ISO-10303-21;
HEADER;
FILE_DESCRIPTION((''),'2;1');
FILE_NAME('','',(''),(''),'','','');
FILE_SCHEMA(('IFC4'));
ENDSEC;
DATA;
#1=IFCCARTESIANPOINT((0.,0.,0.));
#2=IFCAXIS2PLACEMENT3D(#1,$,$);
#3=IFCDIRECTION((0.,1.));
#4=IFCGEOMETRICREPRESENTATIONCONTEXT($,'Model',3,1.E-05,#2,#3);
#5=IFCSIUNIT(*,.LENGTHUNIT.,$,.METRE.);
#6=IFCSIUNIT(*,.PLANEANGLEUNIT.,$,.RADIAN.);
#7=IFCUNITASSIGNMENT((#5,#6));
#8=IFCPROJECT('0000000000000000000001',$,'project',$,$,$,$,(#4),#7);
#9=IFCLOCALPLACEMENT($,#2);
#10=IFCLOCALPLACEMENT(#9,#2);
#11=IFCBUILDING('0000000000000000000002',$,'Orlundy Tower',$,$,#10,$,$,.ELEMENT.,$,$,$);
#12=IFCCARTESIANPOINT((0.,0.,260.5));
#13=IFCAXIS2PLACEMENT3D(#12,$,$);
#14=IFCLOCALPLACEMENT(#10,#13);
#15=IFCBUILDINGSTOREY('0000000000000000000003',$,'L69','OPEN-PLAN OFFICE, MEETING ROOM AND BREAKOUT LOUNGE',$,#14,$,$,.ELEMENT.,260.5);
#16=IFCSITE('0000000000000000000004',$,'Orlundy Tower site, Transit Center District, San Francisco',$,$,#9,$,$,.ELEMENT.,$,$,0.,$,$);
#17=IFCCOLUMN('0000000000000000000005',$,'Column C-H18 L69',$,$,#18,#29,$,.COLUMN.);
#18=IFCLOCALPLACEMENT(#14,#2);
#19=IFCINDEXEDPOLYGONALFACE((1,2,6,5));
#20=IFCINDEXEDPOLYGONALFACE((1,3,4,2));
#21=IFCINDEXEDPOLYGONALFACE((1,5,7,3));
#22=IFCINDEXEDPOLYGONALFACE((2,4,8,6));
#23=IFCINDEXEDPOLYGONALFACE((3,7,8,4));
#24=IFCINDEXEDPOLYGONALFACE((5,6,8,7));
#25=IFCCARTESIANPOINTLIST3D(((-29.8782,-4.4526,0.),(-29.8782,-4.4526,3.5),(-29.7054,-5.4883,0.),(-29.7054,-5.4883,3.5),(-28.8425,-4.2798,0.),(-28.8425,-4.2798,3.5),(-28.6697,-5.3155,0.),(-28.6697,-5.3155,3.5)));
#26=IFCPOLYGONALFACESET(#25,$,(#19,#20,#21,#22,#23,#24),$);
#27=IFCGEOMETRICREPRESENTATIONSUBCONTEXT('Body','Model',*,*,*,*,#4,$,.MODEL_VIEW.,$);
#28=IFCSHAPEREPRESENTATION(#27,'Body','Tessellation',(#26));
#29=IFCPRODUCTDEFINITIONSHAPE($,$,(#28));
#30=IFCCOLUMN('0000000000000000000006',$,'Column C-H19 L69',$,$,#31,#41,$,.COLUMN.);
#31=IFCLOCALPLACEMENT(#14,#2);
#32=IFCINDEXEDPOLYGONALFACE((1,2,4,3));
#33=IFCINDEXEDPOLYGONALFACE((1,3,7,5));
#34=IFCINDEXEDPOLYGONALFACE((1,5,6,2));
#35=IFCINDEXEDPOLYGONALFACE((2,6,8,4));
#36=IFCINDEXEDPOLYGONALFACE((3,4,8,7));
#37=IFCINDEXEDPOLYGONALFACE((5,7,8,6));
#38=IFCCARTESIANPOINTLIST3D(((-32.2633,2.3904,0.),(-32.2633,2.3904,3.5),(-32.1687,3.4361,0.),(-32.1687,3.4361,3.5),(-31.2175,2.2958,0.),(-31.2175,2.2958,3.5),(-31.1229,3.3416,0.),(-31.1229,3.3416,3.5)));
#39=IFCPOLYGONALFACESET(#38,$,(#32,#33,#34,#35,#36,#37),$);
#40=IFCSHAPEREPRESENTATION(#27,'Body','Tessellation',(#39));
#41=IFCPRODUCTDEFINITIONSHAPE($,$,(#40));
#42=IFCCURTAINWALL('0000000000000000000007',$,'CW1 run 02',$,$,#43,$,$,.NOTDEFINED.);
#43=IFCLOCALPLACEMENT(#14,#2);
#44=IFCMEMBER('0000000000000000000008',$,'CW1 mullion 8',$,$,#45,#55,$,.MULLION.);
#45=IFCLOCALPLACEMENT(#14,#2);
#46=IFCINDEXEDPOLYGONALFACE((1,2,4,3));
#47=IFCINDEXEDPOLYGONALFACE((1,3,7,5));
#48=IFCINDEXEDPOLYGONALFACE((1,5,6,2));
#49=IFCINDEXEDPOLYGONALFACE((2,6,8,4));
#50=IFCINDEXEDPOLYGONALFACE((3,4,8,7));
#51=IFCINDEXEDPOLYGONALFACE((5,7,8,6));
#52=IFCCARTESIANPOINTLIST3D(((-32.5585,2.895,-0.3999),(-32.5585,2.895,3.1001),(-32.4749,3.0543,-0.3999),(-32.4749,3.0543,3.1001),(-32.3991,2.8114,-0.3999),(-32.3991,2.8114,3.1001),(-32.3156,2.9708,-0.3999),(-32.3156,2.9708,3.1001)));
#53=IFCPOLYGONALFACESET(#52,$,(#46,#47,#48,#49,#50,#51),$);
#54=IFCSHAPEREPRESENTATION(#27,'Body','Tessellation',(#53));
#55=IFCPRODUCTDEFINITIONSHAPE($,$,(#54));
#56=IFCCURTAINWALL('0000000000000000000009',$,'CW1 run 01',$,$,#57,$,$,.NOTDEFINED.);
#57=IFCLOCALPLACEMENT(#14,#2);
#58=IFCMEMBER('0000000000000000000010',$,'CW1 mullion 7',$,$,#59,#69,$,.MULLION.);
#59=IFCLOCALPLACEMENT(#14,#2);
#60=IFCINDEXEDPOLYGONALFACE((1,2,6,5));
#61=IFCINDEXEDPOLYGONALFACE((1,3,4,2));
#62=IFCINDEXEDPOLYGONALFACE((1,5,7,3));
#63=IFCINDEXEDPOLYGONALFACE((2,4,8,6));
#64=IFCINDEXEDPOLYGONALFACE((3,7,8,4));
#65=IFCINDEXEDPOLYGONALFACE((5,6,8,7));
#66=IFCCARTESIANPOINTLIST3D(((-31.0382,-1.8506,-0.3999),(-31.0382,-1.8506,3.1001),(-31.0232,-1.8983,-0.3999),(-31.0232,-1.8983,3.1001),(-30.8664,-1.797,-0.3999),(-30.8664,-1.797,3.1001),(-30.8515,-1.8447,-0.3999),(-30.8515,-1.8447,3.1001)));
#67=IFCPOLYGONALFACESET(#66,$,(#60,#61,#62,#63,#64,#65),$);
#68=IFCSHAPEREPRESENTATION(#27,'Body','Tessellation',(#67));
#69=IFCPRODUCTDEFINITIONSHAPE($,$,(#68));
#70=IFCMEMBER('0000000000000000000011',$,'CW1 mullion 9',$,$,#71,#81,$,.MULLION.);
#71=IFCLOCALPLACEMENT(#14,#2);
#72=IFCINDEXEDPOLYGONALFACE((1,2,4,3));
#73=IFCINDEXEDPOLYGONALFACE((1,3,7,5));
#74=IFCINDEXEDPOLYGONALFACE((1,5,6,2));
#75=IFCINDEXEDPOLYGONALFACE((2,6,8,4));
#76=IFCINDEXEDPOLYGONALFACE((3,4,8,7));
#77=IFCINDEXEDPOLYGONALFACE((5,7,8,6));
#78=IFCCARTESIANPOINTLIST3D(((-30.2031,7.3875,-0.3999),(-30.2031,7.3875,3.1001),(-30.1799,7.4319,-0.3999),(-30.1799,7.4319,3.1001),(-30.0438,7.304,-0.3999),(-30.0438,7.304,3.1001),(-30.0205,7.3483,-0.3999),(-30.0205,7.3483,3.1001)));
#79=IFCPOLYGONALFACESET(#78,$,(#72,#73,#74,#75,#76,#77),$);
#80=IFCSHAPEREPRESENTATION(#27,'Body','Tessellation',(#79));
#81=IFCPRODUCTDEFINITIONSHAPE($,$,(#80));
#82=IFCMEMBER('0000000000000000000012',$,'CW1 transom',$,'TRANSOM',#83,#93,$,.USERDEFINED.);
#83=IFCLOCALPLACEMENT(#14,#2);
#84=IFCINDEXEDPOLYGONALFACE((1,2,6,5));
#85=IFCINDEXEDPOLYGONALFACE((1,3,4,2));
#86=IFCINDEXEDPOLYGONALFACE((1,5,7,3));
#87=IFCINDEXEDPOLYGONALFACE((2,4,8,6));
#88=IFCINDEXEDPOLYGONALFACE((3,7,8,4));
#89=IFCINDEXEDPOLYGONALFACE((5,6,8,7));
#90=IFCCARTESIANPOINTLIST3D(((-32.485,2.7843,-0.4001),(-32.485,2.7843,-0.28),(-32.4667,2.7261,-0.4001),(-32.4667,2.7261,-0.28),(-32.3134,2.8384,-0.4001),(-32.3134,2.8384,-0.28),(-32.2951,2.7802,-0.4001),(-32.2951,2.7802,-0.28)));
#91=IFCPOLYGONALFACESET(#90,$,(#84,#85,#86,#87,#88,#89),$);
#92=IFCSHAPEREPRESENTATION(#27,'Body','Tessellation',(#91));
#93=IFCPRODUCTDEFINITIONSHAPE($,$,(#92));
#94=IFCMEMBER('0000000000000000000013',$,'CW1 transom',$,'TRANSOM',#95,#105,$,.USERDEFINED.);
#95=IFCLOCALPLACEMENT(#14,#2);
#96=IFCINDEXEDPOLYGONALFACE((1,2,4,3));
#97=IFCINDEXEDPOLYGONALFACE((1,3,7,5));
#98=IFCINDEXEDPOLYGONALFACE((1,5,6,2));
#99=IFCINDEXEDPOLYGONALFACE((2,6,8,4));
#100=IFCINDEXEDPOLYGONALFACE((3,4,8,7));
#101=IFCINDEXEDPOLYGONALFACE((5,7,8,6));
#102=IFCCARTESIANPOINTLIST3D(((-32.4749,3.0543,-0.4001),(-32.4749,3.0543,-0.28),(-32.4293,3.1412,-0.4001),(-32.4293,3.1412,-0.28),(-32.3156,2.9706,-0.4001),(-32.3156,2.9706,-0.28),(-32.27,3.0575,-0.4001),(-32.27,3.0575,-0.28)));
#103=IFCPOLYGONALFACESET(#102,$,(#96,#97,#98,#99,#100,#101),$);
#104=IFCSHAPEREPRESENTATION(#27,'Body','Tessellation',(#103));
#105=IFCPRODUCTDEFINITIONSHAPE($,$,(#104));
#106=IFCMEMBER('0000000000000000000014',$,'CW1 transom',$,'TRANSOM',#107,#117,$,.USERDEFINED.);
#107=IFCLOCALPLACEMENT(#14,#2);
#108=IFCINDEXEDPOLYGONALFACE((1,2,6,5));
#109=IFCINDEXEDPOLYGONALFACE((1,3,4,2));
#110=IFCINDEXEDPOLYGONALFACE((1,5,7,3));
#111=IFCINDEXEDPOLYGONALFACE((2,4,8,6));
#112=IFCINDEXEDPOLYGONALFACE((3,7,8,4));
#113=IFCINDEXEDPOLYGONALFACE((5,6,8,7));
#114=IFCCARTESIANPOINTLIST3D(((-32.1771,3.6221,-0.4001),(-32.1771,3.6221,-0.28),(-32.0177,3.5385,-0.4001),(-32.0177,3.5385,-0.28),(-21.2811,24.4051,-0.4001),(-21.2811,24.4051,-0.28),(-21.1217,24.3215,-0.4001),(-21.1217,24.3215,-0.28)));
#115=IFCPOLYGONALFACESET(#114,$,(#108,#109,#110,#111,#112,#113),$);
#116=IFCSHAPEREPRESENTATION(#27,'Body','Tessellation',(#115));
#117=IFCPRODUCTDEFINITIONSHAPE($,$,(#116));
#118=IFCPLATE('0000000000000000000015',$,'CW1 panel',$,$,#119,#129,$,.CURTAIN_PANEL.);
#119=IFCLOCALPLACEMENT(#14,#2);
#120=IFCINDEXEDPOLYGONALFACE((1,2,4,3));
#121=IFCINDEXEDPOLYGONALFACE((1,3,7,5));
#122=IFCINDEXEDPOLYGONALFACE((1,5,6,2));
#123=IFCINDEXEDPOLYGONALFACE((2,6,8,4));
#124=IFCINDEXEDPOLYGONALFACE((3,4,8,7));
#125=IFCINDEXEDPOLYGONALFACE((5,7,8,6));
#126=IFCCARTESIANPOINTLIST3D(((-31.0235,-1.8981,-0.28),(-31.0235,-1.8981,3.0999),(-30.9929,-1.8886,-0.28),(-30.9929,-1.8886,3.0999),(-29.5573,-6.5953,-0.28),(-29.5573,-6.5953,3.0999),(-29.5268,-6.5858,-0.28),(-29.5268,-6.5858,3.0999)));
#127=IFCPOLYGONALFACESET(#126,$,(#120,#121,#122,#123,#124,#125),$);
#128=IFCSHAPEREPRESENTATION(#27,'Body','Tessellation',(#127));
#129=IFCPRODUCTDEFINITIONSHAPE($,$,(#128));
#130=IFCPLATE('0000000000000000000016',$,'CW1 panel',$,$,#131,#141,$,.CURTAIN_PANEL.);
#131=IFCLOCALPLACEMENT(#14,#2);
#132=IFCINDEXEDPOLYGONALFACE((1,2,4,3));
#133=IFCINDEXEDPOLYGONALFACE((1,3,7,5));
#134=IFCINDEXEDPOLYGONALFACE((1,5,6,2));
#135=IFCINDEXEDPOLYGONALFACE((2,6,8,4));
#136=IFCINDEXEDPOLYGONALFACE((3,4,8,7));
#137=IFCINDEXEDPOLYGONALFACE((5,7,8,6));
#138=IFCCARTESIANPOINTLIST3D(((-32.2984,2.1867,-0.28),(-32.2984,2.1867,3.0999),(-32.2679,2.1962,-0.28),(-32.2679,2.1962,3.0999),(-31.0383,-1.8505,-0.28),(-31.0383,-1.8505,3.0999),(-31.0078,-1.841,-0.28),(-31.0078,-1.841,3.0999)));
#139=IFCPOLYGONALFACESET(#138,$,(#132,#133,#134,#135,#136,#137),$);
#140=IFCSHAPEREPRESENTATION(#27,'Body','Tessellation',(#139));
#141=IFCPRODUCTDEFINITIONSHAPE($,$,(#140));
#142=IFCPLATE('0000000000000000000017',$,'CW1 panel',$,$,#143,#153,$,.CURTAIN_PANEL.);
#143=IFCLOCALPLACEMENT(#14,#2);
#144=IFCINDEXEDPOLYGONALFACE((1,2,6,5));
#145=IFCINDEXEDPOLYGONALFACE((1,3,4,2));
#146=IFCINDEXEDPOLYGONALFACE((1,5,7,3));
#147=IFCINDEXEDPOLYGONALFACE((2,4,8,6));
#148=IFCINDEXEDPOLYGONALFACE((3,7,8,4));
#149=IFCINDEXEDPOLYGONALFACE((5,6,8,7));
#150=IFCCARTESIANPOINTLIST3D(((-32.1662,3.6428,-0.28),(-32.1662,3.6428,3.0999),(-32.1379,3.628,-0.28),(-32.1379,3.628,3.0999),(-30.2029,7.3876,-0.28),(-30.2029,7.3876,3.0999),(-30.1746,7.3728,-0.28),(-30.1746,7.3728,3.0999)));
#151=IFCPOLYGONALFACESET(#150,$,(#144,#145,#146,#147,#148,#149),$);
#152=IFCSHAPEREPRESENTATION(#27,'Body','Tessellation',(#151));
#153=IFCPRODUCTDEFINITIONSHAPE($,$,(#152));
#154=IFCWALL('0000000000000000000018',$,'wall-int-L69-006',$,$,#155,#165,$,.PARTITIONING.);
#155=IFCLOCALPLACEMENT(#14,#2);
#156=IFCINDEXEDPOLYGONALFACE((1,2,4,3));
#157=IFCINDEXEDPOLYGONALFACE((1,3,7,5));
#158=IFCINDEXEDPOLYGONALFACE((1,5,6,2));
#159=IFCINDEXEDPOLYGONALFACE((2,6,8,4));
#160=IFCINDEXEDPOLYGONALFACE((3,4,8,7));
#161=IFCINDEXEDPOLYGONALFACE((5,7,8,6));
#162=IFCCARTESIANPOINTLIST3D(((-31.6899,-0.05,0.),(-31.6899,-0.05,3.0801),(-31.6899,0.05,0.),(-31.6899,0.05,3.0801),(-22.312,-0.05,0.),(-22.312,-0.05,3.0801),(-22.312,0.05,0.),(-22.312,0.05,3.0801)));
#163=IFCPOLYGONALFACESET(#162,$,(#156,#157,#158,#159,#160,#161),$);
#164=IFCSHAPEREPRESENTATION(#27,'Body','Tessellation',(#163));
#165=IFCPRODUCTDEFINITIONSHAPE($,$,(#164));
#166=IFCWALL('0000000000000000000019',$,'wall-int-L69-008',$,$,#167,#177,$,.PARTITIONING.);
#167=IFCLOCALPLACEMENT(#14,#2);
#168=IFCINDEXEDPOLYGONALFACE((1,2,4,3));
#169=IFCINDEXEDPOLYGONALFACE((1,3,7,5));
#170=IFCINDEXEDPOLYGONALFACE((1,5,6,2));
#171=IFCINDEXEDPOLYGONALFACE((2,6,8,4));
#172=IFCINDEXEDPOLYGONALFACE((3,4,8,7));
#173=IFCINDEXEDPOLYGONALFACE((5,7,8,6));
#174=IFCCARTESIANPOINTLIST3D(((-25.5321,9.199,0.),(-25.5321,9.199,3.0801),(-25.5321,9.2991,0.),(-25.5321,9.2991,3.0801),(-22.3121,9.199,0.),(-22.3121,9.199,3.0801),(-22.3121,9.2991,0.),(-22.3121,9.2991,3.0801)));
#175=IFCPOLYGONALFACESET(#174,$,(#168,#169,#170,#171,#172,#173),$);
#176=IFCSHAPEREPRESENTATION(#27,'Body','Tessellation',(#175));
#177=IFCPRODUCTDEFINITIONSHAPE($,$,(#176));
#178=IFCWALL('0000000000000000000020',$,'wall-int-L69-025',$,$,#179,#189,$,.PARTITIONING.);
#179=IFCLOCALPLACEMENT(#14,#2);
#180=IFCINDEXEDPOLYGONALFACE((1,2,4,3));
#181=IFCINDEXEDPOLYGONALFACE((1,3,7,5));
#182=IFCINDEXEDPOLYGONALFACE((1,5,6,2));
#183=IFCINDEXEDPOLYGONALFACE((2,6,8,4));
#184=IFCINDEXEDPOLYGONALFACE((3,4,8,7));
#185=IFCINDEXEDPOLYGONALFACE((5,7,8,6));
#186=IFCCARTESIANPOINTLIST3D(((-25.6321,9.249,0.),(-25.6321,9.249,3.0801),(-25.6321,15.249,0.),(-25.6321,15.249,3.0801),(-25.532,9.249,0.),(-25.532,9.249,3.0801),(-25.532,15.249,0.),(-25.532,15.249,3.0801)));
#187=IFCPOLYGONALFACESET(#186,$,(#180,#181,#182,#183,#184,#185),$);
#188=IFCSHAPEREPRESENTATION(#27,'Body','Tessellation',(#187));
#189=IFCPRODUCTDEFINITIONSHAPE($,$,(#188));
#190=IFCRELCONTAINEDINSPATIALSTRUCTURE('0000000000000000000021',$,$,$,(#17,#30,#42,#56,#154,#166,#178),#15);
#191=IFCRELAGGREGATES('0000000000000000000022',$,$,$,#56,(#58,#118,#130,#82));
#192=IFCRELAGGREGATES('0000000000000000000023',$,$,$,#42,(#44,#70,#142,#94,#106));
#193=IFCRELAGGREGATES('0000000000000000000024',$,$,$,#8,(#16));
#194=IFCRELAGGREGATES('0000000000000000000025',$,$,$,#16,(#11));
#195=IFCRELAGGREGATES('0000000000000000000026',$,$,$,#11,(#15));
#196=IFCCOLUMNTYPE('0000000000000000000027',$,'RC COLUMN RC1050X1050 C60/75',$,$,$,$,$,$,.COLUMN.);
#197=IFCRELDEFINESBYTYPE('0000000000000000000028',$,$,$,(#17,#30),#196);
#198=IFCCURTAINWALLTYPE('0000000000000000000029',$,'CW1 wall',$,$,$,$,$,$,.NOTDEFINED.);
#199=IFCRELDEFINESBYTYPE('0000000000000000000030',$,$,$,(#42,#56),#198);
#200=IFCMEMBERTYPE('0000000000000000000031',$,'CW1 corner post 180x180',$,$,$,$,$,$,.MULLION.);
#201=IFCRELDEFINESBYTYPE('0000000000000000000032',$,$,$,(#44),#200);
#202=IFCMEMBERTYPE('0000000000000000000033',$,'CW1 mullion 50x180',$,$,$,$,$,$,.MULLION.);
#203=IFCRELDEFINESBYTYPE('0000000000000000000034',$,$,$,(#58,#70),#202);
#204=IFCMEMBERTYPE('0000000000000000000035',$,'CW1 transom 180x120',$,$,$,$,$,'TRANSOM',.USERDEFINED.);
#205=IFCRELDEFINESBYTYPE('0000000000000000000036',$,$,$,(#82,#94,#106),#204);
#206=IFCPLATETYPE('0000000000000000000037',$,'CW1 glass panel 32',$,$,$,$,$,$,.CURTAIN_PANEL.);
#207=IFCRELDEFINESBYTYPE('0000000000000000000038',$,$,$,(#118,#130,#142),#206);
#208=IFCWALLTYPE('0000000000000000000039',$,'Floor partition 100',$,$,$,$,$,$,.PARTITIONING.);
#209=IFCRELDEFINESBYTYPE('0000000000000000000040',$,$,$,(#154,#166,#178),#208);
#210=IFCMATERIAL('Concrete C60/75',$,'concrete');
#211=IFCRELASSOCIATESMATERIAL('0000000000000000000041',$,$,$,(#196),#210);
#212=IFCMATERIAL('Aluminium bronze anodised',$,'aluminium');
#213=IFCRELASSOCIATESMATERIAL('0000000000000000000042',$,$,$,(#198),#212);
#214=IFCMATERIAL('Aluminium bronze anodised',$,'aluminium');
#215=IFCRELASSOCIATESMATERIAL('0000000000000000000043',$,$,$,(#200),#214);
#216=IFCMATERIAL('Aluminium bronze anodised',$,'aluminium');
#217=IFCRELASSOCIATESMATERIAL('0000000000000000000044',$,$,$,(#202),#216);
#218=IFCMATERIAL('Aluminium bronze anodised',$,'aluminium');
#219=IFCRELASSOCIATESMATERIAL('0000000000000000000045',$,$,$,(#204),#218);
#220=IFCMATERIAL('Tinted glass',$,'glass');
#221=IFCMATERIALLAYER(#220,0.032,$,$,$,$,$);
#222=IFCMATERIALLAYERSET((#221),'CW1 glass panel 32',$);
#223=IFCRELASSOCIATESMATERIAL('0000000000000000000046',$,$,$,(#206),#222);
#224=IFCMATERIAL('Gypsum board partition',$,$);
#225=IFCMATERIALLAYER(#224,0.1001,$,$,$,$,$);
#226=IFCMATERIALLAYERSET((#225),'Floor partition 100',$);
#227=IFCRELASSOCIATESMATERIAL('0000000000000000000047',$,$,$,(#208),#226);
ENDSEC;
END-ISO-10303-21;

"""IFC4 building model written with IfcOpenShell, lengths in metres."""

from ifc_helpers import new_model, si_unit, direction, frame, frame_2d, origin, origin_2d, place, context, subcontext, project, spatial, rectangle, extrude, material, layer, layer_set, material_profile, profile_set, type_object, element, aggregate, save


model = new_model("IFC4")

# Units and contexts
model_context = context("Model", 3, precision=1e-05, world=origin(), true_north=direction((0.0, 1.0)))
body_context = subcontext(model_context, "Body", "Model", "MODEL_VIEW")
ifc_project = project(units=[si_unit("LENGTHUNIT", "METRE"), si_unit("PLANEANGLEUNIT", "RADIAN")], contexts=[model_context])

# Site, building, storey
site_placement = place(None, origin())
site = spatial("IfcSite", under=ifc_project, at=site_placement, Name="Orlundy Tower site, Transit Center District, San Francisco", CompositionType="ELEMENT", RefElevation=0.0)
building_placement = place(site_placement, origin())
building = spatial("IfcBuilding", under=site, at=building_placement, Name="Orlundy Tower", CompositionType="ELEMENT")
storey_placement = place(building_placement, frame((0.0, 0.0, 260.5)))
storey = spatial("IfcBuildingStorey", under=building, at=storey_placement, Name="L69", Description="OPEN-PLAN OFFICE, MEETING ROOM AND BREAKOUT LOUNGE", CompositionType="ELEMENT", Elevation=260.5)

# Columns
ifc_material_1 = material(Name="Concrete C60/75", Category="concrete")
ifc_material_profile_1 = material_profile(ifc_material_1, rectangle(XDim=1.05, YDim=1.05, at=origin_2d()), Name="RC1050X1050")
ifc_profile_set_1 = profile_set([ifc_material_profile_1], Name="Concrete C60/75")
column_type = type_object("IfcColumnType", Name="RC COLUMN RC1050X1050 C60/75", PredefinedType="COLUMN", material=ifc_profile_set_1)
for number, where, z_axis, x_axis, name in (
    (1, (-29.2739, -4.884, 0.0), (0.0, 0.0, 1.0), (-0.986366, -0.164566, 0.0), "Column C-H18 L69"),
    (2, (-31.6931, 2.866, 0.0), (0.0, 0.0, 1.0), (-0.995936, 0.090059, 0.0), "Column C-H19 L69"),
):
    element("IfcColumn", number, at=place(storey_placement, frame(where, z_axis=z_axis, x_axis=x_axis)), inside=storey, type_object=column_type, Name=name, PredefinedType="COLUMN", context=body_context, shape_type="SweptSolid", body=[
        extrude(rectangle(XDim=1.05, YDim=1.05, at=origin_2d()), origin(), (0.0, 0.0, 1.0), 3.5),
    ])

# Curtain walls, members
ifc_material_2 = material(Name="Aluminium bronze anodised", Category="aluminium")
curtain_wall_type = type_object("IfcCurtainWallType", Name="CW1 wall", PredefinedType="NOTDEFINED", material=ifc_material_2)
curtain_wall_1_placement = place(storey_placement, origin())
curtain_wall_1 = element("IfcCurtainWall", 3, at=curtain_wall_1_placement, inside=storey, type_object=curtain_wall_type, Name="CW1 run 02", PredefinedType="NOTDEFINED")
ifc_material_3 = material(Name="Aluminium bronze anodised", Category="aluminium")
ifc_material_profile_2 = material_profile(ifc_material_3, rectangle(XDim=0.1799, YDim=0.1799, at=origin_2d()), Name="CW1 corner post 180x180")
ifc_profile_set_2 = profile_set([ifc_material_profile_2], Name="Aluminium bronze anodised")
member_type_1 = type_object("IfcMemberType", Name="CW1 corner post 180x180", PredefinedType="MULLION", material=ifc_profile_set_2)
member_1_placement = place(storey_placement, frame((-32.437, 2.9329, -0.3999), z_axis=(0.0, 0.0, 1.0), x_axis=(-0.885659, 0.464336, 0.0)))
member_1 = element("IfcMember", 4, at=member_1_placement, type_object=member_type_1, Name="CW1 mullion 8", PredefinedType="MULLION", context=body_context, shape_type="SweptSolid", body=[
    extrude(rectangle(XDim=0.1799, YDim=0.1799, at=origin_2d()), origin(), (0.0, 0.0, 1.0), 3.5),
])
curtain_wall_2_placement = place(storey_placement, origin())
curtain_wall_2 = element("IfcCurtainWall", 5, at=curtain_wall_2_placement, inside=storey, type_object=curtain_wall_type, Name="CW1 run 01", PredefinedType="NOTDEFINED")
ifc_material_4 = material(Name="Aluminium bronze anodised", Category="aluminium")
ifc_material_profile_3 = material_profile(ifc_material_4, rectangle(XDim=0.1799, YDim=0.05, at=origin_2d()), Name="CW1 mullion 50x180")
ifc_profile_set_3 = profile_set([ifc_material_profile_3], Name="Aluminium bronze anodised")
member_type_2 = type_object("IfcMemberType", Name="CW1 mullion 50x180", PredefinedType="MULLION", material=ifc_profile_set_3)
member_2_placement = place(storey_placement, frame((-30.9448, -1.8477, -0.3999), z_axis=(0.0, 0.0, 1.0), x_axis=(-0.95458, -0.297954, 0.0)))
member_2 = element("IfcMember", 6, at=member_2_placement, type_object=member_type_2, Name="CW1 mullion 7", PredefinedType="MULLION", context=body_context, shape_type="SweptSolid", body=[
    extrude(rectangle(XDim=0.1799, YDim=0.05, at=origin_2d()), origin(), (0.0, 0.0, 1.0), 3.5),
])

# Members
member_3_placement = place(storey_placement, frame((-30.1118, 7.3679, -0.3999), z_axis=(0.0, 0.0, 1.0), x_axis=(-0.885659, 0.464336, 0.0)))
member_3 = element("IfcMember", 7, at=member_3_placement, type_object=member_type_2, Name="CW1 mullion 9", PredefinedType="MULLION", context=body_context, shape_type="SweptSolid", body=[
    extrude(rectangle(XDim=0.1799, YDim=0.05, at=origin_2d()), origin(), (0.0, 0.0, 1.0), 3.5),
])
ifc_material_5 = material(Name="Aluminium bronze anodised", Category="aluminium")
ifc_material_profile_4 = material_profile(ifc_material_5, rectangle(XDim=0.1799, YDim=0.1201, at=origin_2d()), Name="CW1 transom 180x120")
ifc_profile_set_4 = profile_set([ifc_material_profile_4], Name="Aluminium bronze anodised")
member_type_3 = type_object("IfcMemberType", Name="CW1 transom 180x120", ElementType="TRANSOM", PredefinedType="USERDEFINED", material=ifc_profile_set_4)
member_4_placement = place(storey_placement, frame((-32.3809, 2.7532, -0.3401), z_axis=(-0.300556, 0.953764, 0.0), x_axis=(-0.953764, -0.300556, 0.0)))
member_4 = element("IfcMember", 8, at=member_4_placement, type_object=member_type_3, Name="CW1 transom", ObjectType="TRANSOM", PredefinedType="USERDEFINED", context=body_context, shape_type="SweptSolid", body=[
    extrude(rectangle(XDim=0.1799, YDim=0.1201, at=origin_2d()), origin(), (0.0, 0.0, 1.0), 0.061),
])
member_5_placement = place(storey_placement, frame((-32.3953, 3.0125, -0.3401), z_axis=(0.465029, 0.885296, 0.0), x_axis=(-0.885296, 0.465029, 0.0)))
member_5 = element("IfcMember", 9, at=member_5_placement, type_object=member_type_3, Name="CW1 transom", ObjectType="TRANSOM", PredefinedType="USERDEFINED", context=body_context, shape_type="SweptSolid", body=[
    extrude(rectangle(XDim=0.1799, YDim=0.1201, at=origin_2d()), origin(), (0.0, 0.0, 1.0), 0.0981),
])
member_6_placement = place(storey_placement, frame((-32.0974, 3.5803, -0.3401), z_axis=(0.464331, 0.885662, 0.0), x_axis=(-0.885662, 0.464331, 0.0)))
member_6 = element("IfcMember", 10, at=member_6_placement, type_object=member_type_3, Name="CW1 transom", ObjectType="TRANSOM", PredefinedType="USERDEFINED", context=body_context, shape_type="SweptSolid", body=[
    extrude(rectangle(XDim=0.1799, YDim=0.1201, at=origin_2d()), origin(), (0.0, 0.0, 1.0), 23.4661),
])

# Plates
ifc_material_6 = material(Name="Tinted glass", Category="glass")
ifc_layer_1 = layer(ifc_material_6, 0.032)
ifc_layer_set_1 = layer_set([ifc_layer_1], Name="CW1 glass panel 32")
plate_type = type_object("IfcPlateType", Name="CW1 glass panel 32", PredefinedType="CURTAIN_PANEL", material=ifc_layer_set_1)
plate_1_placement = place(storey_placement, frame((-30.2751, -4.2419, -0.28), z_axis=(0.0, 0.0, 1.0), x_axis=(-0.297954, 0.95458, 0.0)))
plate_1 = element("IfcPlate", 11, at=plate_1_placement, type_object=plate_type, Name="CW1 panel", PredefinedType="CURTAIN_PANEL", context=body_context, shape_type="SweptSolid", body=[
    extrude(rectangle(XDim=4.9207, YDim=0.032, at=origin_2d()), origin(), (0.0, 0.0, 1.0), 3.3799),
])
plate_2_placement = place(storey_placement, frame((-31.6531, 0.1729, -0.28), z_axis=(0.0, 0.0, 1.0), x_axis=(-0.297954, 0.95458, 0.0)))
plate_2 = element("IfcPlate", 12, at=plate_2_placement, type_object=plate_type, Name="CW1 panel", PredefinedType="CURTAIN_PANEL", context=body_context, shape_type="SweptSolid", body=[
    extrude(rectangle(XDim=4.2292, YDim=0.032, at=origin_2d()), origin(), (0.0, 0.0, 1.0), 3.3799),
])
aggregate(curtain_wall_2, [member_2, plate_1, plate_2, member_4])
plate_3_placement = place(storey_placement, frame((-31.1704, 5.5078, -0.28), z_axis=(0.0, 0.0, 1.0), x_axis=(0.464336, 0.885659, 0.0)))
plate_3 = element("IfcPlate", 13, at=plate_3_placement, type_object=plate_type, Name="CW1 panel", PredefinedType="CURTAIN_PANEL", context=body_context, shape_type="SweptSolid", body=[
    extrude(rectangle(XDim=4.2283, YDim=0.032, at=origin_2d()), origin(), (0.0, 0.0, 1.0), 3.3799),
])
aggregate(curtain_wall_1, [member_1, member_3, plate_3, member_5, member_6])

# Walls
ifc_material_7 = material(Name="Gypsum board partition")
ifc_layer_2 = layer(ifc_material_7, 0.1001)
ifc_layer_set_2 = layer_set([ifc_layer_2], Name="Floor partition 100")
wall_type_1 = type_object("IfcWallType", Name="Floor partition 100", PredefinedType="PARTITIONING", material=ifc_layer_set_2)
wall_1_placement = place(storey_placement, frame((-31.6899, 0.0, 0.0), z_axis=(0.0, 0.0, 1.0), x_axis=(1.0, 0.0, 0.0)))
element("IfcWall", 14, at=wall_1_placement, inside=storey, type_object=wall_type_1, Name="wall-int-L69-006", PredefinedType="PARTITIONING", context=body_context, shape_type="SweptSolid", body=[
    extrude(rectangle(XDim=9.3779, YDim=0.1001, at=frame_2d((4.689, 0.0))), origin(), (0.0, 0.0, 1.0), 3.0801),
])
wall_2_placement = place(storey_placement, frame((-25.532, 9.249, 0.0), z_axis=(0.0, 0.0, 1.0), x_axis=(1.0, 0.0, 0.0)))
element("IfcWall", 15, at=wall_2_placement, inside=storey, type_object=wall_type_1, Name="wall-int-L69-008", PredefinedType="PARTITIONING", context=body_context, shape_type="SweptSolid", body=[
    extrude(rectangle(XDim=3.22, YDim=0.1001, at=frame_2d((1.6099, 0.0))), origin(), (0.0, 0.0, 1.0), 3.0801),
])
wall_3_placement = place(storey_placement, frame((-25.582, 9.249, 0.0), z_axis=(0.0, 0.0, 1.0), x_axis=(0.0, 1.0, 0.0)))
element("IfcWall", 16, at=wall_3_placement, inside=storey, type_object=wall_type_1, Name="wall-int-L69-025", PredefinedType="PARTITIONING", context=body_context, shape_type="SweptSolid", body=[
    extrude(rectangle(XDim=6.0, YDim=0.1001, at=frame_2d((3.0, 0.0))), origin(), (0.0, 0.0, 1.0), 3.0801),
])

save(model, "model.ifc")
